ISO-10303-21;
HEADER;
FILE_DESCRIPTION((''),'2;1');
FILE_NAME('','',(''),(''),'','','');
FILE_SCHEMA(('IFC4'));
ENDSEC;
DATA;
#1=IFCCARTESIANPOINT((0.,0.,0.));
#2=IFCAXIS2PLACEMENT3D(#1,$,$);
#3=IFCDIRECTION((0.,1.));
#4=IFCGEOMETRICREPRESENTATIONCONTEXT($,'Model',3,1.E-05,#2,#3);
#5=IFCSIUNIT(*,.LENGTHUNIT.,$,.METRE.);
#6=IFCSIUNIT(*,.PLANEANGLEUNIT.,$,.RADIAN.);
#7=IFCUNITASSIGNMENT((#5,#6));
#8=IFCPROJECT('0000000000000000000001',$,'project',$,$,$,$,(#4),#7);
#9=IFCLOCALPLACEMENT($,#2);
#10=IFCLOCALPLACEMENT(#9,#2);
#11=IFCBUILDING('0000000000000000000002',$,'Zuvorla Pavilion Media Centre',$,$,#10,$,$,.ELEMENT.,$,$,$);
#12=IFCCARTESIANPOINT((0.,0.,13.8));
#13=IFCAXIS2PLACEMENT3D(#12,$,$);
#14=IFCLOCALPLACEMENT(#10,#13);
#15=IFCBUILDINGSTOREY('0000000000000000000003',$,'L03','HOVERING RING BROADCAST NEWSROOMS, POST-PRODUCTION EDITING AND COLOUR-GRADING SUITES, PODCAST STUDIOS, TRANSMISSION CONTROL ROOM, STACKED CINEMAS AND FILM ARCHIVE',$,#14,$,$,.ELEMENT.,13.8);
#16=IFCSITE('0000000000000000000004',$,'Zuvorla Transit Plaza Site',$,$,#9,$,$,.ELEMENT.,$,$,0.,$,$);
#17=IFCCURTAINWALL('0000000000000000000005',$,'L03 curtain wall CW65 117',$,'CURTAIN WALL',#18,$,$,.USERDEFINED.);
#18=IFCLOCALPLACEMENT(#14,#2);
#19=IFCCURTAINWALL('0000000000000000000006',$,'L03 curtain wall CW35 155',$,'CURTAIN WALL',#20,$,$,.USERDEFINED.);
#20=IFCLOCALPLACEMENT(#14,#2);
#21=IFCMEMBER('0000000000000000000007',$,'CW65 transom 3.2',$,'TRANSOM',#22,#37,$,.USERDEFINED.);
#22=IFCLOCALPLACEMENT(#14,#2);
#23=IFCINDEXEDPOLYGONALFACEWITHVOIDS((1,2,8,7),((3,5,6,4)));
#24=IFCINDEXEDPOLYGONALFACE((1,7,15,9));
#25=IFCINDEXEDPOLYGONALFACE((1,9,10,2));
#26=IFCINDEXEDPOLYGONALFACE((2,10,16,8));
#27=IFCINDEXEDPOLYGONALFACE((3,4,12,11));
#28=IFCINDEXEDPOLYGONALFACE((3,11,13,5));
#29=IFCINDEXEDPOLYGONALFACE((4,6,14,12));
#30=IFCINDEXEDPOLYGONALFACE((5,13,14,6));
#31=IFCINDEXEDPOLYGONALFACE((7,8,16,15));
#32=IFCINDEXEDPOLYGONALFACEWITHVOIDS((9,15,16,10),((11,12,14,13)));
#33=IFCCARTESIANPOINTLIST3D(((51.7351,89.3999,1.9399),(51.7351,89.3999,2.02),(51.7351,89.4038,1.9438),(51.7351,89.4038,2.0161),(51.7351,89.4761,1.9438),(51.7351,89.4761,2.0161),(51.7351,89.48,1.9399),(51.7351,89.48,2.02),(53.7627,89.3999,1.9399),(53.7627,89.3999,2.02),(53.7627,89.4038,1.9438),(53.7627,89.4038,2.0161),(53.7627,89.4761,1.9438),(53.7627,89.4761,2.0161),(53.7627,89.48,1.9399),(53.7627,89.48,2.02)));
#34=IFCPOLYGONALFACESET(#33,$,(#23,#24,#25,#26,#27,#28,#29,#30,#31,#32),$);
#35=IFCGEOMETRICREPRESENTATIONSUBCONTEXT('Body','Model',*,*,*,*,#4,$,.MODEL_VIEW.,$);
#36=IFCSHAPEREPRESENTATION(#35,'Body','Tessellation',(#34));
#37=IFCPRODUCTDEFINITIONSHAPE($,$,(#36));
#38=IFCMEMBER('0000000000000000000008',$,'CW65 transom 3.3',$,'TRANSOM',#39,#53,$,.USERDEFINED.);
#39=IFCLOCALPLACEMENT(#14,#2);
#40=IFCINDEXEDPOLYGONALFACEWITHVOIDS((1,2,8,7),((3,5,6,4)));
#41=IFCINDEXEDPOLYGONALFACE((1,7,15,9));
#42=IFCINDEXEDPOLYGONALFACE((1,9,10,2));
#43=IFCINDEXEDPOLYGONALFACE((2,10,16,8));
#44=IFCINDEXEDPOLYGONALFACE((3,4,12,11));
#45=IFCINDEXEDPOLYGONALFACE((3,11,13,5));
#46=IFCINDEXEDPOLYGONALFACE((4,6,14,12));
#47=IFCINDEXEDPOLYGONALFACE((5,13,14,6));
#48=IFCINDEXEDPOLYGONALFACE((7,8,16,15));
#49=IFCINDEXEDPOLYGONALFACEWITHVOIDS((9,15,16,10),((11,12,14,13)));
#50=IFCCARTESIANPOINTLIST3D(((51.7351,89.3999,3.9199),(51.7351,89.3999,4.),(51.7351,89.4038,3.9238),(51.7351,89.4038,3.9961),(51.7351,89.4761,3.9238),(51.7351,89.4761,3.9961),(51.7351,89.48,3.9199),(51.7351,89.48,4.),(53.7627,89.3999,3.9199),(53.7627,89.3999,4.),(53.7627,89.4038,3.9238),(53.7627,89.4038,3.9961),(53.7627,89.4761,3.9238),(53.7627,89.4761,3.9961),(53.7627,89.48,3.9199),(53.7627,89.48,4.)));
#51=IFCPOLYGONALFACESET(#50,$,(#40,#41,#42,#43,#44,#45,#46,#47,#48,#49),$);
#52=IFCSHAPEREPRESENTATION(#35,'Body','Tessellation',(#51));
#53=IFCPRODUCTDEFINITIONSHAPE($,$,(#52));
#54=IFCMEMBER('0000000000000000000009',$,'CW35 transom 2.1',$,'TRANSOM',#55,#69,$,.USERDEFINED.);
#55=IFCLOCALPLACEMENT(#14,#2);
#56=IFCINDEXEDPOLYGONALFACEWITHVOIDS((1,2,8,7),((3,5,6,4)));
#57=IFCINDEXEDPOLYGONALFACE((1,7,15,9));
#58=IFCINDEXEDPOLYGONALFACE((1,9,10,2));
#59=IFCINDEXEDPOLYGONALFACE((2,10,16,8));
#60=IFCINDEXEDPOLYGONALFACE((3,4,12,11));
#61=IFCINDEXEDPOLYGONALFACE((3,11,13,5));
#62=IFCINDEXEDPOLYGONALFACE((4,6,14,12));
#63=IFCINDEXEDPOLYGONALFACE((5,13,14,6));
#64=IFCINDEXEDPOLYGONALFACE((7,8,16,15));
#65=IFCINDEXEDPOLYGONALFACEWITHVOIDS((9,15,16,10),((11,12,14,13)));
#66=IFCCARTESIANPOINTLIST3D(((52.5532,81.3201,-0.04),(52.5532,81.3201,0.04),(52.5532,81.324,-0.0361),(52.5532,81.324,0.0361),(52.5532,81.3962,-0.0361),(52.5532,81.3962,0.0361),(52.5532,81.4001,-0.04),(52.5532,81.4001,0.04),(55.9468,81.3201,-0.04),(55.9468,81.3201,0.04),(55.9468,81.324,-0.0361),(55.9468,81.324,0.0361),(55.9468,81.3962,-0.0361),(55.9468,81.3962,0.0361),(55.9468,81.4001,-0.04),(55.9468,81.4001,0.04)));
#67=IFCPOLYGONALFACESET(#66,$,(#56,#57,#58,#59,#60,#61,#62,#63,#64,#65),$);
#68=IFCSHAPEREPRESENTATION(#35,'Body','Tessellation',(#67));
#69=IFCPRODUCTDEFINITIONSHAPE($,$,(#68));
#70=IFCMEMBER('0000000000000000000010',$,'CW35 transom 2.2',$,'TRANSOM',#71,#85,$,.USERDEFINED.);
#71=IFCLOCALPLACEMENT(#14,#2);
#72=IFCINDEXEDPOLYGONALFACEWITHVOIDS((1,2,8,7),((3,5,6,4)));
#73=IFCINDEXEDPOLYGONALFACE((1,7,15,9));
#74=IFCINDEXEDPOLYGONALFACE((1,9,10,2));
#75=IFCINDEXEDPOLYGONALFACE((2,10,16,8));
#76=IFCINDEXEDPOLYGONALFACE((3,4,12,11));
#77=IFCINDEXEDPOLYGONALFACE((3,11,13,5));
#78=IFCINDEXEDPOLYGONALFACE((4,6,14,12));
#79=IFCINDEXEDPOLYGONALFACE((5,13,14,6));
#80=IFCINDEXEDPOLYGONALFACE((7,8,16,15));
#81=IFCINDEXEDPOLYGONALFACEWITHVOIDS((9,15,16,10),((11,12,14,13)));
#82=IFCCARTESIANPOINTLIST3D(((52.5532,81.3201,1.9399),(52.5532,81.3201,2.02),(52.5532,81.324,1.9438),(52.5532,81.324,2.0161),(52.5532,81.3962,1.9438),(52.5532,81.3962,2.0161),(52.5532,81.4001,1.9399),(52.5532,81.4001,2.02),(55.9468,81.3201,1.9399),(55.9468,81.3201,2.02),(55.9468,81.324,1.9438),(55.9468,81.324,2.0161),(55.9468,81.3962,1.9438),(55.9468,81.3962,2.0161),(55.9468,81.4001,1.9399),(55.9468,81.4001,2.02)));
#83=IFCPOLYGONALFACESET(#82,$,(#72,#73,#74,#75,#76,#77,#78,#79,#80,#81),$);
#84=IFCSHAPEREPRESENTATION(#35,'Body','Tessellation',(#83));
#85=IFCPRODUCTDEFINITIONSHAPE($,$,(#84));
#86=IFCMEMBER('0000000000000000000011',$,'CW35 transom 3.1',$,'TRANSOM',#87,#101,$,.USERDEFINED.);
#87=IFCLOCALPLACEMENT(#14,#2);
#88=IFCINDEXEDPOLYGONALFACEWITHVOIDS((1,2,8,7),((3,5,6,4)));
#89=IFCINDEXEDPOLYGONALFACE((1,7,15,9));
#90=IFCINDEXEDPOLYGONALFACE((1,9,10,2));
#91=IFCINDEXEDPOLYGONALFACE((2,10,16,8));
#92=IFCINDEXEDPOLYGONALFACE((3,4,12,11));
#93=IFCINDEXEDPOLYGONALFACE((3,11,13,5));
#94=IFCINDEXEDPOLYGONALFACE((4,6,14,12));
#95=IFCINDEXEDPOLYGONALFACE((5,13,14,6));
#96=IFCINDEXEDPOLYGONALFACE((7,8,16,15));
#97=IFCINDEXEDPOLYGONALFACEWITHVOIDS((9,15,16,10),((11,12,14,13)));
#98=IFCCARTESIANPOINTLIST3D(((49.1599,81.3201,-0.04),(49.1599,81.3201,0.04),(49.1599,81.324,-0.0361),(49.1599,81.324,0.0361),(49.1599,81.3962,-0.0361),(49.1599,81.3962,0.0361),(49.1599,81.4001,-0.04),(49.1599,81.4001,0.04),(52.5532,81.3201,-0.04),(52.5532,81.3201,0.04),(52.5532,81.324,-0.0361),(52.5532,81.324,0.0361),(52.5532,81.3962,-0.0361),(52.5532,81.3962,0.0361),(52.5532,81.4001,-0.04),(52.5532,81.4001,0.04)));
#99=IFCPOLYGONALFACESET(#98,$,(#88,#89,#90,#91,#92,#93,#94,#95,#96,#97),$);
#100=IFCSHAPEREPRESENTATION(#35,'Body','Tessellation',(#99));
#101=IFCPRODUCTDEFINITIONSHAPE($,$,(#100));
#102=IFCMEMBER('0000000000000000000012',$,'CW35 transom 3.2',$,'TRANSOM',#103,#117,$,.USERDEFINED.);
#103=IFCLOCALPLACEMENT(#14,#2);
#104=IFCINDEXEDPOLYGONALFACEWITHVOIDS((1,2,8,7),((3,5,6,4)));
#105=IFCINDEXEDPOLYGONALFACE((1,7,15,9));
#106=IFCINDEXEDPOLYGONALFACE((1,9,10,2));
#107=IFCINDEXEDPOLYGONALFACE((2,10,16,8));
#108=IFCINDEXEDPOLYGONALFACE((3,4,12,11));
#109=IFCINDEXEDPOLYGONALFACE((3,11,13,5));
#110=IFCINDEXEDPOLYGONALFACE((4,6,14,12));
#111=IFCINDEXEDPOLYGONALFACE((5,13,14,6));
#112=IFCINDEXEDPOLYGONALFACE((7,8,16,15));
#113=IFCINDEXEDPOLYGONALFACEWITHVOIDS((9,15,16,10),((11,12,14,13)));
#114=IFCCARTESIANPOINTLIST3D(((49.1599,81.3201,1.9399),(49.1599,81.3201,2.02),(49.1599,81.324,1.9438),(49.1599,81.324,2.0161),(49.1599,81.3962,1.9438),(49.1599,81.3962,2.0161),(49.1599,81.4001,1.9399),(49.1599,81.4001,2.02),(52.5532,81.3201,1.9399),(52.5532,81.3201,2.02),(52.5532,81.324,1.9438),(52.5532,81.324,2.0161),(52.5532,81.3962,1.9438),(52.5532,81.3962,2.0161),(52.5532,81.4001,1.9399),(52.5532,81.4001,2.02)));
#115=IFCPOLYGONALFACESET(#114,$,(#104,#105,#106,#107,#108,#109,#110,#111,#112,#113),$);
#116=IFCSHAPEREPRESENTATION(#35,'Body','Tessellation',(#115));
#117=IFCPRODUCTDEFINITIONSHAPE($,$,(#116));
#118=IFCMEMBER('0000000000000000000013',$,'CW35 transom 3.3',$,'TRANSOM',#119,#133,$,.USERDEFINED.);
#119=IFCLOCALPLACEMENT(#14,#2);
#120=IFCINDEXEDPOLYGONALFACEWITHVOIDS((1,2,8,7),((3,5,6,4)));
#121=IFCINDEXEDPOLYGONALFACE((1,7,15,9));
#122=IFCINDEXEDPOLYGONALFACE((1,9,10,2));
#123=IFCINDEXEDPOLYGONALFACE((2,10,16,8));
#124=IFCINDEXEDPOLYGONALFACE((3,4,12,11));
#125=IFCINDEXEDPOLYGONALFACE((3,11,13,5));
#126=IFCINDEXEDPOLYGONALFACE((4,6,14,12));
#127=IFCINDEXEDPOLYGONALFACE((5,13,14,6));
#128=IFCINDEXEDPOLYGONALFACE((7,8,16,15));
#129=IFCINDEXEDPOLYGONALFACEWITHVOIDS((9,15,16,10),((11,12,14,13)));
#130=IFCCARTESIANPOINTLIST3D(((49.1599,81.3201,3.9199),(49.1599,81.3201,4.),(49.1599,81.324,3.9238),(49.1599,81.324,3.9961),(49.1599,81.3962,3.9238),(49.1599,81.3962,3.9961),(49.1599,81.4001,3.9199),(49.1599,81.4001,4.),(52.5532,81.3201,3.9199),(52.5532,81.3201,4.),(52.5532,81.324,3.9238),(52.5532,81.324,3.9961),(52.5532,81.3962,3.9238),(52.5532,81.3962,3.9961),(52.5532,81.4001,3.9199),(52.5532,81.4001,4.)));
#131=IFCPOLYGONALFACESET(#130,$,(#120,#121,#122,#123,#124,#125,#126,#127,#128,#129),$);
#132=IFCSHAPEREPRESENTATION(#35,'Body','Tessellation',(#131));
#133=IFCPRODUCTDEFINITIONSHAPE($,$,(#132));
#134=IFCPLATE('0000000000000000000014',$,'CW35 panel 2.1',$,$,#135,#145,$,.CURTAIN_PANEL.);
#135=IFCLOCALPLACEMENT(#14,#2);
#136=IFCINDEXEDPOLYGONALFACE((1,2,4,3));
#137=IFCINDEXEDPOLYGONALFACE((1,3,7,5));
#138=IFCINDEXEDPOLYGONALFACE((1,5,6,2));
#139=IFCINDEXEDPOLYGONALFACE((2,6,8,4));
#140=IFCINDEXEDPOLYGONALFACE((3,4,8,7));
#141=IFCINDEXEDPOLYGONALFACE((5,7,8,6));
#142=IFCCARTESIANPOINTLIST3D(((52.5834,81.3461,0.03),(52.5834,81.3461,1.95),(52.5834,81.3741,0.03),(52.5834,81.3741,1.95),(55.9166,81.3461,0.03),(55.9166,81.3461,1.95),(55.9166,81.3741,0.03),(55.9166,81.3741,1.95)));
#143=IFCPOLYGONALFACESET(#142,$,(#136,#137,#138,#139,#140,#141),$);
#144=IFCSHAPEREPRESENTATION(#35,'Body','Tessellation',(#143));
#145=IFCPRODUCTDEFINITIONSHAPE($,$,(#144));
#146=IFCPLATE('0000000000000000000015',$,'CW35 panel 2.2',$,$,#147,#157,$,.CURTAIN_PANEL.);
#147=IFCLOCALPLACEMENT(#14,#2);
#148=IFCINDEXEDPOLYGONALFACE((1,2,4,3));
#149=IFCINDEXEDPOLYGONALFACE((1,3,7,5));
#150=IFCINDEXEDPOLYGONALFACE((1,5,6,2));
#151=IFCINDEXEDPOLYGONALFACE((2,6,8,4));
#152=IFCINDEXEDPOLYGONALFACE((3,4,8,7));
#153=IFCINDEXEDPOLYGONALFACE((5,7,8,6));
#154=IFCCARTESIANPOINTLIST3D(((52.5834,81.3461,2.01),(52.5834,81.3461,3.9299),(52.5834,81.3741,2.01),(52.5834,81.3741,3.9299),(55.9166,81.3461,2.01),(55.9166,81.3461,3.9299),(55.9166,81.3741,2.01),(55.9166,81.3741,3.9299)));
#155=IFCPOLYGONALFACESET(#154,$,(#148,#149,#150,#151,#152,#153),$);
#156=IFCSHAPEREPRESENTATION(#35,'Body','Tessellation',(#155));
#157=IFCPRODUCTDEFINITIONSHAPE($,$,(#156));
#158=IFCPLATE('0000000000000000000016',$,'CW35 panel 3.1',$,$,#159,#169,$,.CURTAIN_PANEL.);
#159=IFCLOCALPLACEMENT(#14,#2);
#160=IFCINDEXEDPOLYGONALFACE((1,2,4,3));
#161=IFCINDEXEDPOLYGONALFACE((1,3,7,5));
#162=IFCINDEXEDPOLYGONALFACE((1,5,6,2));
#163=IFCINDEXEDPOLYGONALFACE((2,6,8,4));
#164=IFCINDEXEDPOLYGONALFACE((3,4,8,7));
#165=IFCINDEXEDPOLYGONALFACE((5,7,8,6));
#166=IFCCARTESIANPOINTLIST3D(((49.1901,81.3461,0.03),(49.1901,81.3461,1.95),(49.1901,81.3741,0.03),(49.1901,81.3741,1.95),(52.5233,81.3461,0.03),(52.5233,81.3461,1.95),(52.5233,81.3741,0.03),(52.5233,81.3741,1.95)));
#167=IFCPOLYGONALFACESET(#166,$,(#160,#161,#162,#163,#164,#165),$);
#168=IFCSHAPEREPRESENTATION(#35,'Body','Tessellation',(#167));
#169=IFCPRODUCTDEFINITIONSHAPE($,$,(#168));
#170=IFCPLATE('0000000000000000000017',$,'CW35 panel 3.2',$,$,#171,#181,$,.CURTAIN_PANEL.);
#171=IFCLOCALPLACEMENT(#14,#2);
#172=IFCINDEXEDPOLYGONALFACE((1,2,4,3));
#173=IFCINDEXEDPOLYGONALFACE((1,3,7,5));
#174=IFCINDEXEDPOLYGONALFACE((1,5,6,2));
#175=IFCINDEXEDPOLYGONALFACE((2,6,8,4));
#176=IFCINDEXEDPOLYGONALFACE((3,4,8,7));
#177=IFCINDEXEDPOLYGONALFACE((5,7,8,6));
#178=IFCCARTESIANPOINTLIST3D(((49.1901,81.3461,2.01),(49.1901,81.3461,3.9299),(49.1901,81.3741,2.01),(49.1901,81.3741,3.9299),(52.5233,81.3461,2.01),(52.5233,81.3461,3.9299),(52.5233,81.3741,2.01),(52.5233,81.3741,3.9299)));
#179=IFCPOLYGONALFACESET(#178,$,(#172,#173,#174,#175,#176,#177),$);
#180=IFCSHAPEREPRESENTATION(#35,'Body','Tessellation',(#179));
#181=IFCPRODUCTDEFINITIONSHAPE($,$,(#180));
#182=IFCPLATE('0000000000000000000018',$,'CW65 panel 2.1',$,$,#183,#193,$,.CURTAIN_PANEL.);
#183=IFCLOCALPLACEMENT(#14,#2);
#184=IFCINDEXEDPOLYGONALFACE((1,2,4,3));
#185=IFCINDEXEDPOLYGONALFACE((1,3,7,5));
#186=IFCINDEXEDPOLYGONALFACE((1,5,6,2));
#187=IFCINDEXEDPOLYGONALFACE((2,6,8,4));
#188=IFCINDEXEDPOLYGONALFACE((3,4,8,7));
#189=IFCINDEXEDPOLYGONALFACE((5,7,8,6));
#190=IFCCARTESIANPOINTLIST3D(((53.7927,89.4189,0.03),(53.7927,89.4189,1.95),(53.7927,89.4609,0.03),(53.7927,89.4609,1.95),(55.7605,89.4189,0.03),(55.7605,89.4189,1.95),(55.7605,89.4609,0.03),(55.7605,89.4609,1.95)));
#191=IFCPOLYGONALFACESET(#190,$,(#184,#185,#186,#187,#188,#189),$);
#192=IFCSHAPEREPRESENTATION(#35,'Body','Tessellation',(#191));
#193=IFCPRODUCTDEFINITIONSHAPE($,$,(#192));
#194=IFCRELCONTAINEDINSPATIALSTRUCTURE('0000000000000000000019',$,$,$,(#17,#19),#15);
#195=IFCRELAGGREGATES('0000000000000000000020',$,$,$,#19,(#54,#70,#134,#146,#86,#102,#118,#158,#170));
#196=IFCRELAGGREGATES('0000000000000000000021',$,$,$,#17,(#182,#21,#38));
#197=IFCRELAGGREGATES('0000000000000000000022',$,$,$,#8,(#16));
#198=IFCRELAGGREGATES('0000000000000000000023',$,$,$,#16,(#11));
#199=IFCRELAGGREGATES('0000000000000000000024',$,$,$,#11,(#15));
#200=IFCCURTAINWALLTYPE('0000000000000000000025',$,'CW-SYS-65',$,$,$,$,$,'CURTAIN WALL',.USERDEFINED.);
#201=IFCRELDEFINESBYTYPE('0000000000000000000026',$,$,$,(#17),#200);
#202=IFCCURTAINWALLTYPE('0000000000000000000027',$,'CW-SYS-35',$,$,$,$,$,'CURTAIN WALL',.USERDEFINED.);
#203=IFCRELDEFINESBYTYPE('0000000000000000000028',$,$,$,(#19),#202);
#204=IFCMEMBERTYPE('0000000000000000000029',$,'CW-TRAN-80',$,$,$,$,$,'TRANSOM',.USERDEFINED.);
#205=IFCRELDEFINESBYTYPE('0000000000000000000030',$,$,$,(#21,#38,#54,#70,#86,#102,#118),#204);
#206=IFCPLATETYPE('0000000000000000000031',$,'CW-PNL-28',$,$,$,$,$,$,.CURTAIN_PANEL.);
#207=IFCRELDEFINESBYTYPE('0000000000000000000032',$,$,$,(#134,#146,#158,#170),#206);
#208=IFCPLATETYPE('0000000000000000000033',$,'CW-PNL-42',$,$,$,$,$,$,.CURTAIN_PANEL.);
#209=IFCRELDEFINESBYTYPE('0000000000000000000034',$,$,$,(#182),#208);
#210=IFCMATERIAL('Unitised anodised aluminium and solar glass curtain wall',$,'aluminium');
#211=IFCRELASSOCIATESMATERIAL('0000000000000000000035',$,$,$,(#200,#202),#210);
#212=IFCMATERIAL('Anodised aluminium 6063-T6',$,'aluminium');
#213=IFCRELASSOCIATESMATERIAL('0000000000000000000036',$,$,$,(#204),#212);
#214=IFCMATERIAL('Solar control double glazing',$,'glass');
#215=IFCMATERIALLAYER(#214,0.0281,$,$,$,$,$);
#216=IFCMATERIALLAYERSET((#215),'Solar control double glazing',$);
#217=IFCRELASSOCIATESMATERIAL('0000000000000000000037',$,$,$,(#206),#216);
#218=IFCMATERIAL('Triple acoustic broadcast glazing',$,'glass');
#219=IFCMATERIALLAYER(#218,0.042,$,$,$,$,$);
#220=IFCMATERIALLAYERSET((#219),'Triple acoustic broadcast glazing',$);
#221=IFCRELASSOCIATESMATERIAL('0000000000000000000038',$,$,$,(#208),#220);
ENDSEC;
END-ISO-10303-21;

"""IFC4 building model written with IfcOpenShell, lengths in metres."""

from ifc_helpers import new_model, si_unit, direction, frame, origin, origin_2d, place, context, subcontext, project, spatial, rectangle, hollow_rectangle, extrude, material, layer, layer_set, material_profile, profile_set, type_object, element, aggregate, save


model = new_model("IFC4")

# Units and contexts
model_context = context("Model", 3, precision=1e-05, world=origin(), true_north=direction((0.0, 1.0)))
body_context = subcontext(model_context, "Body", "Model", "MODEL_VIEW")
ifc_project = project(units=[si_unit("LENGTHUNIT", "METRE"), si_unit("PLANEANGLEUNIT", "RADIAN")], contexts=[model_context])

# Site, building, storey
site_placement = place(None, origin())
site = spatial("IfcSite", under=ifc_project, at=site_placement, Name="Zuvorla Transit Plaza Site", CompositionType="ELEMENT", RefElevation=0.0)
building_placement = place(site_placement, origin())
building = spatial("IfcBuilding", under=site, at=building_placement, Name="Zuvorla Pavilion Media Centre", CompositionType="ELEMENT")
storey_placement = place(building_placement, frame((0.0, 0.0, 13.8)))
storey = spatial("IfcBuildingStorey", under=building, at=storey_placement, Name="L03", Description="HOVERING RING BROADCAST NEWSROOMS, POST-PRODUCTION EDITING AND COLOUR-GRADING SUITES, PODCAST STUDIOS, TRANSMISSION CONTROL ROOM, STACKED CINEMAS AND FILM ARCHIVE", CompositionType="ELEMENT", Elevation=13.8)

# Curtain walls
ifc_material_1 = material(Name="Unitised anodised aluminium and solar glass curtain wall", Category="aluminium")
curtain_wall_type_1 = type_object("IfcCurtainWallType", Name="CW-SYS-65", ElementType="CURTAIN WALL", PredefinedType="USERDEFINED", material=ifc_material_1)
curtain_wall_1_placement = place(storey_placement, origin())
curtain_wall_1 = element("IfcCurtainWall", 1, at=curtain_wall_1_placement, inside=storey, type_object=curtain_wall_type_1, Name="L03 curtain wall CW65 117", ObjectType="CURTAIN WALL", PredefinedType="USERDEFINED")
ifc_material_2 = material(Name="Anodised aluminium 6063-T6", Category="aluminium")
curtain_wall_type_2 = type_object("IfcCurtainWallType", Name="CW-SYS-35", ElementType="CURTAIN WALL", PredefinedType="USERDEFINED", material=ifc_material_1)
curtain_wall_2_placement = place(storey_placement, origin())
curtain_wall_2 = element("IfcCurtainWall", 2, at=curtain_wall_2_placement, inside=storey, type_object=curtain_wall_type_2, Name="L03 curtain wall CW35 155", ObjectType="CURTAIN WALL", PredefinedType="USERDEFINED")

# Members
ifc_material_profile_1 = material_profile(ifc_material_2, hollow_rectangle(XDim=0.0801, YDim=0.0801, WallThickness=0.0039, at=origin_2d()), Name="ALU TRAN 80x80")
ifc_profile_set_1 = profile_set([ifc_material_profile_1], Name="Anodised aluminium 6063-T6")
member_type_1 = type_object("IfcMemberType", Name="CW-TRAN-80", ElementType="TRANSOM", PredefinedType="USERDEFINED", material=ifc_profile_set_1)
member_1_placement = place(storey_placement, frame((53.7627, 89.4399, 1.98), z_axis=(-1.0, 0.0, 0.0), x_axis=(0.0, -1.0, 0.0)))
member_1 = element("IfcMember", 3, at=member_1_placement, type_object=member_type_1, Name="CW65 transom 3.2", ObjectType="TRANSOM", PredefinedType="USERDEFINED", context=body_context, shape_type="SweptSolid", body=[
    extrude(hollow_rectangle(XDim=0.0801, YDim=0.0801, WallThickness=0.0039, at=origin_2d()), origin(), (0.0, 0.0, 1.0), 2.0276),
])
member_2_placement = place(storey_placement, frame((53.7627, 89.4399, 3.96), z_axis=(-1.0, 0.0, 0.0), x_axis=(0.0, -1.0, 0.0)))
member_2 = element("IfcMember", 4, at=member_2_placement, type_object=member_type_1, Name="CW65 transom 3.3", ObjectType="TRANSOM", PredefinedType="USERDEFINED", context=body_context, shape_type="SweptSolid", body=[
    extrude(hollow_rectangle(XDim=0.0801, YDim=0.0801, WallThickness=0.0039, at=origin_2d()), origin(), (0.0, 0.0, 1.0), 2.0276),
])
member_3_placement = place(storey_placement, frame((55.9468, 81.3601, 0.0), z_axis=(-1.0, 0.0, 0.0), x_axis=(0.0, -1.0, 0.0)))
member_3 = element("IfcMember", 5, at=member_3_placement, type_object=member_type_1, Name="CW35 transom 2.1", ObjectType="TRANSOM", PredefinedType="USERDEFINED", context=body_context, shape_type="SweptSolid", body=[
    extrude(hollow_rectangle(XDim=0.0801, YDim=0.0801, WallThickness=0.0039, at=origin_2d()), origin(), (0.0, 0.0, 1.0), 3.3936),
])
member_4_placement = place(storey_placement, frame((55.9468, 81.3601, 1.98), z_axis=(-1.0, 0.0, 0.0), x_axis=(0.0, -1.0, 0.0)))
member_4 = element("IfcMember", 6, at=member_4_placement, type_object=member_type_1, Name="CW35 transom 2.2", ObjectType="TRANSOM", PredefinedType="USERDEFINED", context=body_context, shape_type="SweptSolid", body=[
    extrude(hollow_rectangle(XDim=0.0801, YDim=0.0801, WallThickness=0.0039, at=origin_2d()), origin(), (0.0, 0.0, 1.0), 3.3936),
])
member_5_placement = place(storey_placement, frame((52.5532, 81.3601, 0.0), z_axis=(-1.0, 0.0, 0.0), x_axis=(0.0, -1.0, 0.0)))
member_5 = element("IfcMember", 7, at=member_5_placement, type_object=member_type_1, Name="CW35 transom 3.1", ObjectType="TRANSOM", PredefinedType="USERDEFINED", context=body_context, shape_type="SweptSolid", body=[
    extrude(hollow_rectangle(XDim=0.0801, YDim=0.0801, WallThickness=0.0039, at=origin_2d()), origin(), (0.0, 0.0, 1.0), 3.3933),
])
member_6_placement = place(storey_placement, frame((52.5532, 81.3601, 1.98), z_axis=(-1.0, 0.0, 0.0), x_axis=(0.0, -1.0, 0.0)))
member_6 = element("IfcMember", 8, at=member_6_placement, type_object=member_type_1, Name="CW35 transom 3.2", ObjectType="TRANSOM", PredefinedType="USERDEFINED", context=body_context, shape_type="SweptSolid", body=[
    extrude(hollow_rectangle(XDim=0.0801, YDim=0.0801, WallThickness=0.0039, at=origin_2d()), origin(), (0.0, 0.0, 1.0), 3.3933),
])
member_7_placement = place(storey_placement, frame((52.5532, 81.3601, 3.96), z_axis=(-1.0, 0.0, 0.0), x_axis=(0.0, -1.0, 0.0)))
member_7 = element("IfcMember", 9, at=member_7_placement, type_object=member_type_1, Name="CW35 transom 3.3", ObjectType="TRANSOM", PredefinedType="USERDEFINED", context=body_context, shape_type="SweptSolid", body=[
    extrude(hollow_rectangle(XDim=0.0801, YDim=0.0801, WallThickness=0.0039, at=origin_2d()), origin(), (0.0, 0.0, 1.0), 3.3933),
])

# Plates
ifc_material_3 = material(Name="Solar control double glazing", Category="glass")
ifc_layer_1 = layer(ifc_material_3, 0.0281)
ifc_layer_set_1 = layer_set([ifc_layer_1], Name="Solar control double glazing")
plate_type_1 = type_object("IfcPlateType", Name="CW-PNL-28", PredefinedType="CURTAIN_PANEL", material=ifc_layer_set_1)
plate_1_placement = place(storey_placement, frame((54.25, 81.3601, 0.03), z_axis=(0.0, 0.0, 1.0), x_axis=(-1.0, 0.0, 0.0)))
plate_1 = element("IfcPlate", 10, at=plate_1_placement, type_object=plate_type_1, Name="CW35 panel 2.1", PredefinedType="CURTAIN_PANEL", context=body_context, shape_type="SweptSolid", body=[
    extrude(rectangle(XDim=3.3333, YDim=0.0281, at=origin_2d()), origin(), (0.0, 0.0, 1.0), 1.9199),
])
plate_2_placement = place(storey_placement, frame((54.25, 81.3601, 2.01), z_axis=(0.0, 0.0, 1.0), x_axis=(-1.0, 0.0, 0.0)))
plate_2 = element("IfcPlate", 11, at=plate_2_placement, type_object=plate_type_1, Name="CW35 panel 2.2", PredefinedType="CURTAIN_PANEL", context=body_context, shape_type="SweptSolid", body=[
    extrude(rectangle(XDim=3.3333, YDim=0.0281, at=origin_2d()), origin(), (0.0, 0.0, 1.0), 1.9199),
])
plate_3_placement = place(storey_placement, frame((50.8567, 81.3601, 0.03), z_axis=(0.0, 0.0, 1.0), x_axis=(-1.0, 0.0, 0.0)))
plate_3 = element("IfcPlate", 12, at=plate_3_placement, type_object=plate_type_1, Name="CW35 panel 3.1", PredefinedType="CURTAIN_PANEL", context=body_context, shape_type="SweptSolid", body=[
    extrude(rectangle(XDim=3.3333, YDim=0.0281, at=origin_2d()), origin(), (0.0, 0.0, 1.0), 1.9199),
])
plate_4_placement = place(storey_placement, frame((50.8567, 81.3601, 2.01), z_axis=(0.0, 0.0, 1.0), x_axis=(-1.0, 0.0, 0.0)))
plate_4 = element("IfcPlate", 13, at=plate_4_placement, type_object=plate_type_1, Name="CW35 panel 3.2", PredefinedType="CURTAIN_PANEL", context=body_context, shape_type="SweptSolid", body=[
    extrude(rectangle(XDim=3.3333, YDim=0.0281, at=origin_2d()), origin(), (0.0, 0.0, 1.0), 1.9199),
])
aggregate(curtain_wall_2, [member_3, member_4, plate_1, plate_2, member_5, member_6, member_7, plate_3, plate_4])
ifc_material_4 = material(Name="Triple acoustic broadcast glazing", Category="glass")
ifc_layer_2 = layer(ifc_material_4, 0.042)
ifc_layer_set_2 = layer_set([ifc_layer_2], Name="Triple acoustic broadcast glazing")
plate_type_2 = type_object("IfcPlateType", Name="CW-PNL-42", PredefinedType="CURTAIN_PANEL", material=ifc_layer_set_2)
plate_5_placement = place(storey_placement, frame((54.7766, 89.4399, 0.03), z_axis=(0.0, 0.0, 1.0), x_axis=(-1.0, 0.0, 0.0)))
plate_5 = element("IfcPlate", 14, at=plate_5_placement, type_object=plate_type_2, Name="CW65 panel 2.1", PredefinedType="CURTAIN_PANEL", context=body_context, shape_type="SweptSolid", body=[
    extrude(rectangle(XDim=1.9678, YDim=0.042, at=origin_2d()), origin(), (0.0, 0.0, 1.0), 1.9199),
])
aggregate(curtain_wall_1, [plate_5, member_1, member_2])

save(model, "model.ifc")
